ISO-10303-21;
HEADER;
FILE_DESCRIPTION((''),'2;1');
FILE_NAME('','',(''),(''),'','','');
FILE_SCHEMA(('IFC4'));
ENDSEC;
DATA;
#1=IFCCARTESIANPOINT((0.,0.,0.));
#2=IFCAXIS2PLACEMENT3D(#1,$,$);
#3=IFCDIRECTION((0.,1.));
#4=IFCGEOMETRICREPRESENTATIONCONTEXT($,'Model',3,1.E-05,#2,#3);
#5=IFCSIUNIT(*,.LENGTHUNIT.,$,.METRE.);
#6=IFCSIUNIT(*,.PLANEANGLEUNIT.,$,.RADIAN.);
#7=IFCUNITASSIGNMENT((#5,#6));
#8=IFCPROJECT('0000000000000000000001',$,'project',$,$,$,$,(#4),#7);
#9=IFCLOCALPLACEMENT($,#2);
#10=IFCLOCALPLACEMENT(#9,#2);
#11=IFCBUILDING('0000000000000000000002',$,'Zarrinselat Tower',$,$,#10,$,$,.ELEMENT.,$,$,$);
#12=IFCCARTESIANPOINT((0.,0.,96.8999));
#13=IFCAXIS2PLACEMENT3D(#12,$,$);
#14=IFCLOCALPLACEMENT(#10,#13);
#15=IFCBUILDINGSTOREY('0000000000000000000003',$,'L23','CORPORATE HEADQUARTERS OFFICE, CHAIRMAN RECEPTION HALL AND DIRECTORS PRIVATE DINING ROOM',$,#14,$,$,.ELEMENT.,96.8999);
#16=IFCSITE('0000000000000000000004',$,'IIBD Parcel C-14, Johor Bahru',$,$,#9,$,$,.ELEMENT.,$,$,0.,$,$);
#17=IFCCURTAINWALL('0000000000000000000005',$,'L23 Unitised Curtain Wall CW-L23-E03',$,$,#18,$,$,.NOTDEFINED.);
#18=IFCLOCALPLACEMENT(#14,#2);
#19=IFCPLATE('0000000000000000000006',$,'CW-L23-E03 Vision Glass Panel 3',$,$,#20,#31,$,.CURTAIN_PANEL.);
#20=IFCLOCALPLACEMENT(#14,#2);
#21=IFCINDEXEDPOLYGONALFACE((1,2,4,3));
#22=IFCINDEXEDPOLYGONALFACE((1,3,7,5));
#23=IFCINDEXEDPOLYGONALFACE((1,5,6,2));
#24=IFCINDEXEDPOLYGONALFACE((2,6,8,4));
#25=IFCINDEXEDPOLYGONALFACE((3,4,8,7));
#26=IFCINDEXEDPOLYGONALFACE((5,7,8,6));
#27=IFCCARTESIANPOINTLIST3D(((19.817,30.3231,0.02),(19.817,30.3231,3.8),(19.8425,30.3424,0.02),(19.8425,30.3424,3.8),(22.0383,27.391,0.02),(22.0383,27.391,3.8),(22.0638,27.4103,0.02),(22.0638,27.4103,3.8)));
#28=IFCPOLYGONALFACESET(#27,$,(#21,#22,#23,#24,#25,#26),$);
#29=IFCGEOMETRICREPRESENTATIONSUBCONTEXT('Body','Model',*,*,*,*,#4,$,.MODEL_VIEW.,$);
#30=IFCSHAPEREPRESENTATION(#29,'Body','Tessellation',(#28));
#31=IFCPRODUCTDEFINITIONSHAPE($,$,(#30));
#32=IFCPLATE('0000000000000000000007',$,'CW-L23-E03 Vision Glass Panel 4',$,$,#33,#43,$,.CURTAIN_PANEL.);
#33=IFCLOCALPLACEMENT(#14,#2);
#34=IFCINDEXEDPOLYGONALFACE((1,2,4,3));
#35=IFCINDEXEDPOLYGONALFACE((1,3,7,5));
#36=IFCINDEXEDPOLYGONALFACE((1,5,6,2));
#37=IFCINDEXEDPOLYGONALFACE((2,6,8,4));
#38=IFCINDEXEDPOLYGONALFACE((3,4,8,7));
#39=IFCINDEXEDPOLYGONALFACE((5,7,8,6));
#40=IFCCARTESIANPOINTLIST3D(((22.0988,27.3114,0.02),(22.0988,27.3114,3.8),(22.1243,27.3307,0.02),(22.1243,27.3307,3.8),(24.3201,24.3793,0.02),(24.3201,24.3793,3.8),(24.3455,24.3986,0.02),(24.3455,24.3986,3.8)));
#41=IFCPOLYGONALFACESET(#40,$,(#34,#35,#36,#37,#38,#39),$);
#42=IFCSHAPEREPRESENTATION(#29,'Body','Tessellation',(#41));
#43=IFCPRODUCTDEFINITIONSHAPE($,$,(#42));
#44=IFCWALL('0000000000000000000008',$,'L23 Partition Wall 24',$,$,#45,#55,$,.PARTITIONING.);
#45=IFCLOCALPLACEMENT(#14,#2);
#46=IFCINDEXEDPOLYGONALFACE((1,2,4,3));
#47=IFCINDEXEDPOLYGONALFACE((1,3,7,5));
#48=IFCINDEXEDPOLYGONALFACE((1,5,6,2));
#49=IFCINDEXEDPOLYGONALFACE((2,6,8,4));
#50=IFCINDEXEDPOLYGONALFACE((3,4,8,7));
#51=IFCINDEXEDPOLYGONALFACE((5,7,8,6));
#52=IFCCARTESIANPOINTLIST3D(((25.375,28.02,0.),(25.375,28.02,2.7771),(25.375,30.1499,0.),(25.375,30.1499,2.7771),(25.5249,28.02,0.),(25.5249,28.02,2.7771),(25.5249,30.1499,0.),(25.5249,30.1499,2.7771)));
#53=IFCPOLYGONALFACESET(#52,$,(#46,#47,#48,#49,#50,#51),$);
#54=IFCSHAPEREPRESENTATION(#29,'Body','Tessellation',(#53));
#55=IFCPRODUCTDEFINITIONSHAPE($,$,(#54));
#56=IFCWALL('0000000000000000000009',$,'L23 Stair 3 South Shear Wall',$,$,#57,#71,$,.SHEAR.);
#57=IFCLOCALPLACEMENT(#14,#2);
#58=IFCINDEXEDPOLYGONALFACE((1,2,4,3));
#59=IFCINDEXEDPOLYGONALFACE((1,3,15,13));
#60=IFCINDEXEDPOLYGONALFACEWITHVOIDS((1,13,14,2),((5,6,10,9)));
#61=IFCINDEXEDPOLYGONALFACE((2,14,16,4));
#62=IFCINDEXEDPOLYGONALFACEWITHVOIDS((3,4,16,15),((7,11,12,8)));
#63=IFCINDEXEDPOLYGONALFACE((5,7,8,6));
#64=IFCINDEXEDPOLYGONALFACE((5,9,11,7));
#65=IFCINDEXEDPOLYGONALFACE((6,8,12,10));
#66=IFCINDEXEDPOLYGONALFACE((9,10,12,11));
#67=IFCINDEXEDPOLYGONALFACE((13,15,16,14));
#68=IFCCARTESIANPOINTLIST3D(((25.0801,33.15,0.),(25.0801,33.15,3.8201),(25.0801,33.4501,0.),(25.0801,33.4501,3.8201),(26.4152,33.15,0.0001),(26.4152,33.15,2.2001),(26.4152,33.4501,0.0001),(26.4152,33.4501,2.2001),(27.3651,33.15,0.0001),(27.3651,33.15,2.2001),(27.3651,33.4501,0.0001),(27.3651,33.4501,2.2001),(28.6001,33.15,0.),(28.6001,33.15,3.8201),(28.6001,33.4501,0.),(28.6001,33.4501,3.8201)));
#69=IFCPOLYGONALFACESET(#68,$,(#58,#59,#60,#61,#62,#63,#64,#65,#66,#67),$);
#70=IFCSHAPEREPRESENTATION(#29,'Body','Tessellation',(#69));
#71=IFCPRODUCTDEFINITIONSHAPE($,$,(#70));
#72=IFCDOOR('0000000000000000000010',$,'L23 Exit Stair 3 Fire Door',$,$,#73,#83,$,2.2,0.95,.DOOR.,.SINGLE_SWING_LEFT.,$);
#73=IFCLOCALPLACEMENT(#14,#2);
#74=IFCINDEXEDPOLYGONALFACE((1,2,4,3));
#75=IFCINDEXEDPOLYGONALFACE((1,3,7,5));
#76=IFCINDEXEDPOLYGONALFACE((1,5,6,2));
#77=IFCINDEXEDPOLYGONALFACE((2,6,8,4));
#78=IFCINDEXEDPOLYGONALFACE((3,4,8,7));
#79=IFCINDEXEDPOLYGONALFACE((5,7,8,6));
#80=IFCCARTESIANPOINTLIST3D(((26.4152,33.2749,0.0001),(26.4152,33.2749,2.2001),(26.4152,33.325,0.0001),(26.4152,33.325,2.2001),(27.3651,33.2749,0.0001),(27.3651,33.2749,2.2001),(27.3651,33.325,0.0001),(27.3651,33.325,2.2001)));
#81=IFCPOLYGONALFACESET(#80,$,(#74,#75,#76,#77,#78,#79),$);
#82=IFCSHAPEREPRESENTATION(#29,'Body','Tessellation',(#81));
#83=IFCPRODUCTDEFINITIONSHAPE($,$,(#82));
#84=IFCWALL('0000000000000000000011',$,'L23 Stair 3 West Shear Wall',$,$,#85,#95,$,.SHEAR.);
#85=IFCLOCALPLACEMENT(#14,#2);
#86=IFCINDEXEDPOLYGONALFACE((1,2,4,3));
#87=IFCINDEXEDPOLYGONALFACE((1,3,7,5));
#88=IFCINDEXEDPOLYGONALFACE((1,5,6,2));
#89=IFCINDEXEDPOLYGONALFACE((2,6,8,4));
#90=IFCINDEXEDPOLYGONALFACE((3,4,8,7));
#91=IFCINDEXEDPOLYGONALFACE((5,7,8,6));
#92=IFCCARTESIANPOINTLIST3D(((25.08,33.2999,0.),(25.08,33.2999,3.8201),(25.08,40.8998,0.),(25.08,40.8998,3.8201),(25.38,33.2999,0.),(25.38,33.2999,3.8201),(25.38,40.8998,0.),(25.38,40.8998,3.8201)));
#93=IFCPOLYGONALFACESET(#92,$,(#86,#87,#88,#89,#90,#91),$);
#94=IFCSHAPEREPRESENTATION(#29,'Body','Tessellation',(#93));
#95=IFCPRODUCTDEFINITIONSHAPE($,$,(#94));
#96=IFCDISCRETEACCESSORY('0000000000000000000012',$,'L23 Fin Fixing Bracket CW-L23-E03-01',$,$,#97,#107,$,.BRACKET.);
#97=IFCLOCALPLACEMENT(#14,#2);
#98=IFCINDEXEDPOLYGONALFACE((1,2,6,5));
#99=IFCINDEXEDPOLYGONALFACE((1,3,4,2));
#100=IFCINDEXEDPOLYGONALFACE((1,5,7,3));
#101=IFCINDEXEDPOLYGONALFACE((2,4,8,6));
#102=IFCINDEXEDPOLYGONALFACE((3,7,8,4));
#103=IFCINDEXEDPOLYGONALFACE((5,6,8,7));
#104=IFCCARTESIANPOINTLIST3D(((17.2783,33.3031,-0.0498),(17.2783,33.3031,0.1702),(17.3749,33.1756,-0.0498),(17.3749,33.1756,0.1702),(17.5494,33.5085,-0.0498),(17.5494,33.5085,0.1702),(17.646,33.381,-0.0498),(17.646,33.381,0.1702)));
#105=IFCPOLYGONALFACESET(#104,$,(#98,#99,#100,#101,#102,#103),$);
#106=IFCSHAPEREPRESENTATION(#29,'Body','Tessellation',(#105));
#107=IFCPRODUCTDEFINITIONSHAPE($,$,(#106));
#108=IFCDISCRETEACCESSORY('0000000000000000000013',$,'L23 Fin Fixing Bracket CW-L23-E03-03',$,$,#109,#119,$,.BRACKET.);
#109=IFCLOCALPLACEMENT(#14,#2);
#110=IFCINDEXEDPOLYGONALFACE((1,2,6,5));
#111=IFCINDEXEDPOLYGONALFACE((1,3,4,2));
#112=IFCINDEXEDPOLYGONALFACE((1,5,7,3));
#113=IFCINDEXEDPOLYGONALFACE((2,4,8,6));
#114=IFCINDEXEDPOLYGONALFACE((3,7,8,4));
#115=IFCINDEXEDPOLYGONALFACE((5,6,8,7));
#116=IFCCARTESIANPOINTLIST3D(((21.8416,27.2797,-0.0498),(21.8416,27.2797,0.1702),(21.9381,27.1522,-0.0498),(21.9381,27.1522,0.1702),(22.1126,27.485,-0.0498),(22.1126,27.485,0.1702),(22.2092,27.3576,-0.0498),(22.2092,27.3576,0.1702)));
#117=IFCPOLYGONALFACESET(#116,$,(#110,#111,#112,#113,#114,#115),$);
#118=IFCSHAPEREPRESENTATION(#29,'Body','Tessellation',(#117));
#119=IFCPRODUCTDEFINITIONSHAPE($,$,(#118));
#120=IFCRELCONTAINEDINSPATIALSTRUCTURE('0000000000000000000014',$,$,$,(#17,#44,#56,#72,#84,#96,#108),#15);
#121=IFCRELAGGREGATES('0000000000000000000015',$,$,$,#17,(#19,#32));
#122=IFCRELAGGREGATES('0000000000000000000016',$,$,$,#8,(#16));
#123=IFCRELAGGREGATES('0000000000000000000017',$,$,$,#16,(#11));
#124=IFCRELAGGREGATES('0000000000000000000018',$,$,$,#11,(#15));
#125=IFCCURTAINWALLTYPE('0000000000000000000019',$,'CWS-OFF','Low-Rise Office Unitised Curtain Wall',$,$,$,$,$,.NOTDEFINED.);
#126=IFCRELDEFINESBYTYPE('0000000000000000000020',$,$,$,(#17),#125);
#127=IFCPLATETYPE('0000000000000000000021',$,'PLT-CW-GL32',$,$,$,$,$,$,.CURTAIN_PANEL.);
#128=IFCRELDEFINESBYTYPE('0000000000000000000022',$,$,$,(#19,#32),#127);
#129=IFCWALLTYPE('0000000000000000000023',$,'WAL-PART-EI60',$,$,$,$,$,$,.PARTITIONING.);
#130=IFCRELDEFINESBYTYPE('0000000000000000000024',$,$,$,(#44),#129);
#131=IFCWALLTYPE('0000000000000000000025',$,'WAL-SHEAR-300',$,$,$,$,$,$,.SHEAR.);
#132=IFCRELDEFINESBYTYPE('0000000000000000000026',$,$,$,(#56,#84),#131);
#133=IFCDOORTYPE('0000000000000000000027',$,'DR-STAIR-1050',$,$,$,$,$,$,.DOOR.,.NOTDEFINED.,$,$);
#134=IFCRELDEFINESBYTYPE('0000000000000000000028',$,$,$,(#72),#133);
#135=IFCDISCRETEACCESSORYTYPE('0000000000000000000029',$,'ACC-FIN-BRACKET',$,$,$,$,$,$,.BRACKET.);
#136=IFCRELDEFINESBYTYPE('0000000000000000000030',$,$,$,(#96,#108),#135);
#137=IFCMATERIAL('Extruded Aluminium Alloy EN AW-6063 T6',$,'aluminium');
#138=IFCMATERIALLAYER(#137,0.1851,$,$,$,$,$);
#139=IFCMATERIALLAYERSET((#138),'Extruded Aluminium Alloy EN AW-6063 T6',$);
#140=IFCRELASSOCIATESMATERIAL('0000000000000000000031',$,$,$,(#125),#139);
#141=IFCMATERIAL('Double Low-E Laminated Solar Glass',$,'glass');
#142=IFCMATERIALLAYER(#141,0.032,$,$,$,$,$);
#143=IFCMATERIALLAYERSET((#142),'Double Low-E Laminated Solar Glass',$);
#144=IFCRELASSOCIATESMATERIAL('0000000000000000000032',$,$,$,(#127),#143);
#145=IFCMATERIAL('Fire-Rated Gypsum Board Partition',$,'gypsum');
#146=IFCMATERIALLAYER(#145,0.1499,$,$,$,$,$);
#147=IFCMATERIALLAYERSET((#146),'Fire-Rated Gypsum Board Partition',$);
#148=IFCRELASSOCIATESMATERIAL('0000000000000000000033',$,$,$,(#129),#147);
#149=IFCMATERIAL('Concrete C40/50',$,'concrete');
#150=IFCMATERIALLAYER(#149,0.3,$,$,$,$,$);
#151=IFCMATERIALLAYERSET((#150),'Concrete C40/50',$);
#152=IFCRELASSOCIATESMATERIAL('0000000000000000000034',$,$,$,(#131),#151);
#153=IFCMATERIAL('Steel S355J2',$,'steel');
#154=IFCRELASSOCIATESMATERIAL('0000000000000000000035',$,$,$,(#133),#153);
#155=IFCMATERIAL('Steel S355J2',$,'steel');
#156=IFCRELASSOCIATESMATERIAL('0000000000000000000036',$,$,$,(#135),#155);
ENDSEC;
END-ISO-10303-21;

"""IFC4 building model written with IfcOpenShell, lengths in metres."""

from ifc_helpers import new_model, si_unit, direction, frame, frame_2d, origin, origin_2d, place, context, subcontext, project, spatial, rectangle, extrude, material, layer, layer_set, type_object, element, fill, aggregate, save


model = new_model("IFC4")

# Units and contexts
model_context = context("Model", 3, precision=1e-05, world=origin(), true_north=direction((0.0, 1.0)))
body_context = subcontext(model_context, "Body", "Model", "MODEL_VIEW")
ifc_project = project(units=[si_unit("LENGTHUNIT", "METRE"), si_unit("PLANEANGLEUNIT", "RADIAN")], contexts=[model_context])

# Site, building, storey
site_placement = place(None, origin())
site = spatial("IfcSite", under=ifc_project, at=site_placement, Name="IIBD Parcel C-14, Johor Bahru", CompositionType="ELEMENT", RefElevation=0.0)
building_placement = place(site_placement, origin())
building = spatial("IfcBuilding", under=site, at=building_placement, Name="Zarrinselat Tower", CompositionType="ELEMENT")
storey_placement = place(building_placement, frame((0.0, 0.0, 96.8999)))
storey = spatial("IfcBuildingStorey", under=building, at=storey_placement, Name="L23", Description="CORPORATE HEADQUARTERS OFFICE, CHAIRMAN RECEPTION HALL AND DIRECTORS PRIVATE DINING ROOM", CompositionType="ELEMENT", Elevation=96.8999)

# Curtain wall, plates
ifc_material_1 = material(Name="Extruded Aluminium Alloy EN AW-6063 T6", Category="aluminium")
ifc_layer_1 = layer(ifc_material_1, 0.1851)
ifc_layer_set_1 = layer_set([ifc_layer_1], Name="Extruded Aluminium Alloy EN AW-6063 T6")
curtain_wall_type = type_object("IfcCurtainWallType", Name="CWS-OFF", Description="Low-Rise Office Unitised Curtain Wall", PredefinedType="NOTDEFINED", material=ifc_layer_set_1)
curtain_wall_placement = place(storey_placement, origin())
curtain_wall = element("IfcCurtainWall", 1, at=curtain_wall_placement, inside=storey, type_object=curtain_wall_type, Name="L23 Unitised Curtain Wall CW-L23-E03", PredefinedType="NOTDEFINED")
ifc_material_2 = material(Name="Double Low-E Laminated Solar Glass", Category="glass")
ifc_layer_2 = layer(ifc_material_2, 0.032)
ifc_layer_set_2 = layer_set([ifc_layer_2], Name="Double Low-E Laminated Solar Glass")
plate_type = type_object("IfcPlateType", Name="PLT-CW-GL32", PredefinedType="CURTAIN_PANEL", material=ifc_layer_set_2)
plate_1_placement = place(storey_placement, frame((20.9404, 28.8667, 0.02), z_axis=(0.0, 0.0, 1.0), x_axis=(0.603858, -0.797092, 0.0)))
plate_1 = element("IfcPlate", 2, at=plate_1_placement, type_object=plate_type, Name="CW-L23-E03 Vision Glass Panel 3", PredefinedType="CURTAIN_PANEL", context=body_context, shape_type="SweptSolid", body=[
    extrude(rectangle(XDim=3.6785, YDim=0.032, at=origin_2d()), origin(), (0.0, 0.0, 1.0), 3.78),
])
plate_2_placement = place(storey_placement, frame((23.2222, 25.855, 0.02), z_axis=(0.0, 0.0, 1.0), x_axis=(0.603858, -0.797092, 0.0)))
plate_2 = element("IfcPlate", 3, at=plate_2_placement, type_object=plate_type, Name="CW-L23-E03 Vision Glass Panel 4", PredefinedType="CURTAIN_PANEL", context=body_context, shape_type="SweptSolid", body=[
    extrude(rectangle(XDim=3.6785, YDim=0.032, at=origin_2d()), origin(), (0.0, 0.0, 1.0), 3.78),
])
aggregate(curtain_wall, [plate_1, plate_2])

# Wall
ifc_material_3 = material(Name="Fire-Rated Gypsum Board Partition", Category="gypsum")
ifc_layer_3 = layer(ifc_material_3, 0.1499)
ifc_layer_set_3 = layer_set([ifc_layer_3], Name="Fire-Rated Gypsum Board Partition")
wall_type_1 = type_object("IfcWallType", Name="WAL-PART-EI60", PredefinedType="PARTITIONING", material=ifc_layer_set_3)
wall_1_placement = place(storey_placement, frame((25.45, 28.02, 0.0), z_axis=(0.0, 0.0, 1.0), x_axis=(0.0, 1.0, 0.0)))
element("IfcWall", 4, at=wall_1_placement, inside=storey, type_object=wall_type_1, Name="L23 Partition Wall 24", PredefinedType="PARTITIONING", context=body_context, shape_type="SweptSolid", body=[
    extrude(rectangle(XDim=2.1299, YDim=0.1499, at=frame_2d((1.0649, 0.0))), origin(), (0.0, 0.0, 1.0), 2.7771),
])

# Wall, opening, door
ifc_material_4 = material(Name="Concrete C40/50", Category="concrete")
ifc_layer_4 = layer(ifc_material_4, 0.3)
ifc_layer_set_4 = layer_set([ifc_layer_4], Name="Concrete C40/50")
wall_type_2 = type_object("IfcWallType", Name="WAL-SHEAR-300", PredefinedType="SHEAR", material=ifc_layer_set_4)
wall_2_placement = place(storey_placement, frame((25.0801, 33.3, 0.0), z_axis=(0.0, 0.0, 1.0), x_axis=(1.0, 0.0, 0.0)))
wall_2 = element("IfcWall", 5, at=wall_2_placement, inside=storey, type_object=wall_type_2, Name="L23 Stair 3 South Shear Wall", PredefinedType="SHEAR", context=body_context, shape_type="SweptSolid", body=[
    extrude(rectangle(XDim=3.52, YDim=0.3, at=frame_2d((1.76, 0.0))), origin(), (0.0, 0.0, 1.0), 3.8201),
])
opening_placement = place(wall_2_placement, frame((1.335, 0.0, 0.0)))
opening = element("IfcOpeningElement", 6, at=opening_placement, cuts=wall_2, PredefinedType="OPENING", context=body_context, shape_type="SweptSolid", body=[
    extrude(rectangle(XDim=0.95, YDim=2.2, at=frame_2d((0.4751, 1.1001))), frame((0.0, 0.1599, 0.0), z_axis=(0.0, -1.0, 0.0), x_axis=(1.0, 0.0, 0.0)), (0.0, 0.0, 1.0), 0.3201),
])
ifc_material_5 = material(Name="Steel S355J2", Category="steel")
door_type = type_object("IfcDoorType", Name="DR-STAIR-1050", OperationType="NOTDEFINED", PredefinedType="DOOR", material=ifc_material_5)
door_placement = place(opening_placement, origin())
door = element("IfcDoor", 7, at=door_placement, inside=storey, type_object=door_type, Name="L23 Exit Stair 3 Fire Door", OperationType="SINGLE_SWING_LEFT", OverallHeight=2.2, OverallWidth=0.95, PredefinedType="DOOR", context=body_context, shape_type="SweptSolid", body=[
    extrude(rectangle(XDim=0.95, YDim=2.2, at=frame_2d((0.4751, 1.1001))), frame((0.0, 0.0249, 0.0), z_axis=(0.0, -1.0, 0.0), x_axis=(1.0, 0.0, 0.0)), (0.0, 0.0, 1.0), 0.05),
])
fill(opening, door)

# Wall
wall_3_placement = place(storey_placement, frame((25.23, 33.3, 0.0), z_axis=(0.0, 0.0, 1.0), x_axis=(0.0, 1.0, 0.0)))
element("IfcWall", 8, at=wall_3_placement, inside=storey, type_object=wall_type_2, Name="L23 Stair 3 West Shear Wall", PredefinedType="SHEAR", context=body_context, shape_type="SweptSolid", body=[
    extrude(rectangle(XDim=7.5999, YDim=0.3, at=frame_2d((3.7998, 0.0))), origin(), (0.0, 0.0, 1.0), 3.8201),
])

# Discrete accessories
ifc_material_6 = material(Name="Steel S355J2", Category="steel")
discrete_accessory_type = type_object("IfcDiscreteAccessoryType", Name="ACC-FIN-BRACKET", PredefinedType="BRACKET", material=ifc_material_6)
for number, where, z_axis, x_axis, name in (
    (9, (17.4622, 33.342, -0.0498), (0.0, 0.0, 1.0), (-0.797092, -0.603858, 0.0), "L23 Fin Fixing Bracket CW-L23-E03-01"),
    (10, (22.0254, 27.3186, -0.0498), (0.0, 0.0, 1.0), (-0.797092, -0.603858, 0.0), "L23 Fin Fixing Bracket CW-L23-E03-03"),
):
    element("IfcDiscreteAccessory", number, at=place(storey_placement, frame(where, z_axis=z_axis, x_axis=x_axis)), inside=storey, type_object=discrete_accessory_type, Name=name, PredefinedType="BRACKET", context=body_context, shape_type="SweptSolid", body=[
        extrude(rectangle(XDim=0.3401, YDim=0.1599, at=origin_2d()), origin(), (0.0, 0.0, 1.0), 0.22),
    ])

save(model, "model.ifc")
